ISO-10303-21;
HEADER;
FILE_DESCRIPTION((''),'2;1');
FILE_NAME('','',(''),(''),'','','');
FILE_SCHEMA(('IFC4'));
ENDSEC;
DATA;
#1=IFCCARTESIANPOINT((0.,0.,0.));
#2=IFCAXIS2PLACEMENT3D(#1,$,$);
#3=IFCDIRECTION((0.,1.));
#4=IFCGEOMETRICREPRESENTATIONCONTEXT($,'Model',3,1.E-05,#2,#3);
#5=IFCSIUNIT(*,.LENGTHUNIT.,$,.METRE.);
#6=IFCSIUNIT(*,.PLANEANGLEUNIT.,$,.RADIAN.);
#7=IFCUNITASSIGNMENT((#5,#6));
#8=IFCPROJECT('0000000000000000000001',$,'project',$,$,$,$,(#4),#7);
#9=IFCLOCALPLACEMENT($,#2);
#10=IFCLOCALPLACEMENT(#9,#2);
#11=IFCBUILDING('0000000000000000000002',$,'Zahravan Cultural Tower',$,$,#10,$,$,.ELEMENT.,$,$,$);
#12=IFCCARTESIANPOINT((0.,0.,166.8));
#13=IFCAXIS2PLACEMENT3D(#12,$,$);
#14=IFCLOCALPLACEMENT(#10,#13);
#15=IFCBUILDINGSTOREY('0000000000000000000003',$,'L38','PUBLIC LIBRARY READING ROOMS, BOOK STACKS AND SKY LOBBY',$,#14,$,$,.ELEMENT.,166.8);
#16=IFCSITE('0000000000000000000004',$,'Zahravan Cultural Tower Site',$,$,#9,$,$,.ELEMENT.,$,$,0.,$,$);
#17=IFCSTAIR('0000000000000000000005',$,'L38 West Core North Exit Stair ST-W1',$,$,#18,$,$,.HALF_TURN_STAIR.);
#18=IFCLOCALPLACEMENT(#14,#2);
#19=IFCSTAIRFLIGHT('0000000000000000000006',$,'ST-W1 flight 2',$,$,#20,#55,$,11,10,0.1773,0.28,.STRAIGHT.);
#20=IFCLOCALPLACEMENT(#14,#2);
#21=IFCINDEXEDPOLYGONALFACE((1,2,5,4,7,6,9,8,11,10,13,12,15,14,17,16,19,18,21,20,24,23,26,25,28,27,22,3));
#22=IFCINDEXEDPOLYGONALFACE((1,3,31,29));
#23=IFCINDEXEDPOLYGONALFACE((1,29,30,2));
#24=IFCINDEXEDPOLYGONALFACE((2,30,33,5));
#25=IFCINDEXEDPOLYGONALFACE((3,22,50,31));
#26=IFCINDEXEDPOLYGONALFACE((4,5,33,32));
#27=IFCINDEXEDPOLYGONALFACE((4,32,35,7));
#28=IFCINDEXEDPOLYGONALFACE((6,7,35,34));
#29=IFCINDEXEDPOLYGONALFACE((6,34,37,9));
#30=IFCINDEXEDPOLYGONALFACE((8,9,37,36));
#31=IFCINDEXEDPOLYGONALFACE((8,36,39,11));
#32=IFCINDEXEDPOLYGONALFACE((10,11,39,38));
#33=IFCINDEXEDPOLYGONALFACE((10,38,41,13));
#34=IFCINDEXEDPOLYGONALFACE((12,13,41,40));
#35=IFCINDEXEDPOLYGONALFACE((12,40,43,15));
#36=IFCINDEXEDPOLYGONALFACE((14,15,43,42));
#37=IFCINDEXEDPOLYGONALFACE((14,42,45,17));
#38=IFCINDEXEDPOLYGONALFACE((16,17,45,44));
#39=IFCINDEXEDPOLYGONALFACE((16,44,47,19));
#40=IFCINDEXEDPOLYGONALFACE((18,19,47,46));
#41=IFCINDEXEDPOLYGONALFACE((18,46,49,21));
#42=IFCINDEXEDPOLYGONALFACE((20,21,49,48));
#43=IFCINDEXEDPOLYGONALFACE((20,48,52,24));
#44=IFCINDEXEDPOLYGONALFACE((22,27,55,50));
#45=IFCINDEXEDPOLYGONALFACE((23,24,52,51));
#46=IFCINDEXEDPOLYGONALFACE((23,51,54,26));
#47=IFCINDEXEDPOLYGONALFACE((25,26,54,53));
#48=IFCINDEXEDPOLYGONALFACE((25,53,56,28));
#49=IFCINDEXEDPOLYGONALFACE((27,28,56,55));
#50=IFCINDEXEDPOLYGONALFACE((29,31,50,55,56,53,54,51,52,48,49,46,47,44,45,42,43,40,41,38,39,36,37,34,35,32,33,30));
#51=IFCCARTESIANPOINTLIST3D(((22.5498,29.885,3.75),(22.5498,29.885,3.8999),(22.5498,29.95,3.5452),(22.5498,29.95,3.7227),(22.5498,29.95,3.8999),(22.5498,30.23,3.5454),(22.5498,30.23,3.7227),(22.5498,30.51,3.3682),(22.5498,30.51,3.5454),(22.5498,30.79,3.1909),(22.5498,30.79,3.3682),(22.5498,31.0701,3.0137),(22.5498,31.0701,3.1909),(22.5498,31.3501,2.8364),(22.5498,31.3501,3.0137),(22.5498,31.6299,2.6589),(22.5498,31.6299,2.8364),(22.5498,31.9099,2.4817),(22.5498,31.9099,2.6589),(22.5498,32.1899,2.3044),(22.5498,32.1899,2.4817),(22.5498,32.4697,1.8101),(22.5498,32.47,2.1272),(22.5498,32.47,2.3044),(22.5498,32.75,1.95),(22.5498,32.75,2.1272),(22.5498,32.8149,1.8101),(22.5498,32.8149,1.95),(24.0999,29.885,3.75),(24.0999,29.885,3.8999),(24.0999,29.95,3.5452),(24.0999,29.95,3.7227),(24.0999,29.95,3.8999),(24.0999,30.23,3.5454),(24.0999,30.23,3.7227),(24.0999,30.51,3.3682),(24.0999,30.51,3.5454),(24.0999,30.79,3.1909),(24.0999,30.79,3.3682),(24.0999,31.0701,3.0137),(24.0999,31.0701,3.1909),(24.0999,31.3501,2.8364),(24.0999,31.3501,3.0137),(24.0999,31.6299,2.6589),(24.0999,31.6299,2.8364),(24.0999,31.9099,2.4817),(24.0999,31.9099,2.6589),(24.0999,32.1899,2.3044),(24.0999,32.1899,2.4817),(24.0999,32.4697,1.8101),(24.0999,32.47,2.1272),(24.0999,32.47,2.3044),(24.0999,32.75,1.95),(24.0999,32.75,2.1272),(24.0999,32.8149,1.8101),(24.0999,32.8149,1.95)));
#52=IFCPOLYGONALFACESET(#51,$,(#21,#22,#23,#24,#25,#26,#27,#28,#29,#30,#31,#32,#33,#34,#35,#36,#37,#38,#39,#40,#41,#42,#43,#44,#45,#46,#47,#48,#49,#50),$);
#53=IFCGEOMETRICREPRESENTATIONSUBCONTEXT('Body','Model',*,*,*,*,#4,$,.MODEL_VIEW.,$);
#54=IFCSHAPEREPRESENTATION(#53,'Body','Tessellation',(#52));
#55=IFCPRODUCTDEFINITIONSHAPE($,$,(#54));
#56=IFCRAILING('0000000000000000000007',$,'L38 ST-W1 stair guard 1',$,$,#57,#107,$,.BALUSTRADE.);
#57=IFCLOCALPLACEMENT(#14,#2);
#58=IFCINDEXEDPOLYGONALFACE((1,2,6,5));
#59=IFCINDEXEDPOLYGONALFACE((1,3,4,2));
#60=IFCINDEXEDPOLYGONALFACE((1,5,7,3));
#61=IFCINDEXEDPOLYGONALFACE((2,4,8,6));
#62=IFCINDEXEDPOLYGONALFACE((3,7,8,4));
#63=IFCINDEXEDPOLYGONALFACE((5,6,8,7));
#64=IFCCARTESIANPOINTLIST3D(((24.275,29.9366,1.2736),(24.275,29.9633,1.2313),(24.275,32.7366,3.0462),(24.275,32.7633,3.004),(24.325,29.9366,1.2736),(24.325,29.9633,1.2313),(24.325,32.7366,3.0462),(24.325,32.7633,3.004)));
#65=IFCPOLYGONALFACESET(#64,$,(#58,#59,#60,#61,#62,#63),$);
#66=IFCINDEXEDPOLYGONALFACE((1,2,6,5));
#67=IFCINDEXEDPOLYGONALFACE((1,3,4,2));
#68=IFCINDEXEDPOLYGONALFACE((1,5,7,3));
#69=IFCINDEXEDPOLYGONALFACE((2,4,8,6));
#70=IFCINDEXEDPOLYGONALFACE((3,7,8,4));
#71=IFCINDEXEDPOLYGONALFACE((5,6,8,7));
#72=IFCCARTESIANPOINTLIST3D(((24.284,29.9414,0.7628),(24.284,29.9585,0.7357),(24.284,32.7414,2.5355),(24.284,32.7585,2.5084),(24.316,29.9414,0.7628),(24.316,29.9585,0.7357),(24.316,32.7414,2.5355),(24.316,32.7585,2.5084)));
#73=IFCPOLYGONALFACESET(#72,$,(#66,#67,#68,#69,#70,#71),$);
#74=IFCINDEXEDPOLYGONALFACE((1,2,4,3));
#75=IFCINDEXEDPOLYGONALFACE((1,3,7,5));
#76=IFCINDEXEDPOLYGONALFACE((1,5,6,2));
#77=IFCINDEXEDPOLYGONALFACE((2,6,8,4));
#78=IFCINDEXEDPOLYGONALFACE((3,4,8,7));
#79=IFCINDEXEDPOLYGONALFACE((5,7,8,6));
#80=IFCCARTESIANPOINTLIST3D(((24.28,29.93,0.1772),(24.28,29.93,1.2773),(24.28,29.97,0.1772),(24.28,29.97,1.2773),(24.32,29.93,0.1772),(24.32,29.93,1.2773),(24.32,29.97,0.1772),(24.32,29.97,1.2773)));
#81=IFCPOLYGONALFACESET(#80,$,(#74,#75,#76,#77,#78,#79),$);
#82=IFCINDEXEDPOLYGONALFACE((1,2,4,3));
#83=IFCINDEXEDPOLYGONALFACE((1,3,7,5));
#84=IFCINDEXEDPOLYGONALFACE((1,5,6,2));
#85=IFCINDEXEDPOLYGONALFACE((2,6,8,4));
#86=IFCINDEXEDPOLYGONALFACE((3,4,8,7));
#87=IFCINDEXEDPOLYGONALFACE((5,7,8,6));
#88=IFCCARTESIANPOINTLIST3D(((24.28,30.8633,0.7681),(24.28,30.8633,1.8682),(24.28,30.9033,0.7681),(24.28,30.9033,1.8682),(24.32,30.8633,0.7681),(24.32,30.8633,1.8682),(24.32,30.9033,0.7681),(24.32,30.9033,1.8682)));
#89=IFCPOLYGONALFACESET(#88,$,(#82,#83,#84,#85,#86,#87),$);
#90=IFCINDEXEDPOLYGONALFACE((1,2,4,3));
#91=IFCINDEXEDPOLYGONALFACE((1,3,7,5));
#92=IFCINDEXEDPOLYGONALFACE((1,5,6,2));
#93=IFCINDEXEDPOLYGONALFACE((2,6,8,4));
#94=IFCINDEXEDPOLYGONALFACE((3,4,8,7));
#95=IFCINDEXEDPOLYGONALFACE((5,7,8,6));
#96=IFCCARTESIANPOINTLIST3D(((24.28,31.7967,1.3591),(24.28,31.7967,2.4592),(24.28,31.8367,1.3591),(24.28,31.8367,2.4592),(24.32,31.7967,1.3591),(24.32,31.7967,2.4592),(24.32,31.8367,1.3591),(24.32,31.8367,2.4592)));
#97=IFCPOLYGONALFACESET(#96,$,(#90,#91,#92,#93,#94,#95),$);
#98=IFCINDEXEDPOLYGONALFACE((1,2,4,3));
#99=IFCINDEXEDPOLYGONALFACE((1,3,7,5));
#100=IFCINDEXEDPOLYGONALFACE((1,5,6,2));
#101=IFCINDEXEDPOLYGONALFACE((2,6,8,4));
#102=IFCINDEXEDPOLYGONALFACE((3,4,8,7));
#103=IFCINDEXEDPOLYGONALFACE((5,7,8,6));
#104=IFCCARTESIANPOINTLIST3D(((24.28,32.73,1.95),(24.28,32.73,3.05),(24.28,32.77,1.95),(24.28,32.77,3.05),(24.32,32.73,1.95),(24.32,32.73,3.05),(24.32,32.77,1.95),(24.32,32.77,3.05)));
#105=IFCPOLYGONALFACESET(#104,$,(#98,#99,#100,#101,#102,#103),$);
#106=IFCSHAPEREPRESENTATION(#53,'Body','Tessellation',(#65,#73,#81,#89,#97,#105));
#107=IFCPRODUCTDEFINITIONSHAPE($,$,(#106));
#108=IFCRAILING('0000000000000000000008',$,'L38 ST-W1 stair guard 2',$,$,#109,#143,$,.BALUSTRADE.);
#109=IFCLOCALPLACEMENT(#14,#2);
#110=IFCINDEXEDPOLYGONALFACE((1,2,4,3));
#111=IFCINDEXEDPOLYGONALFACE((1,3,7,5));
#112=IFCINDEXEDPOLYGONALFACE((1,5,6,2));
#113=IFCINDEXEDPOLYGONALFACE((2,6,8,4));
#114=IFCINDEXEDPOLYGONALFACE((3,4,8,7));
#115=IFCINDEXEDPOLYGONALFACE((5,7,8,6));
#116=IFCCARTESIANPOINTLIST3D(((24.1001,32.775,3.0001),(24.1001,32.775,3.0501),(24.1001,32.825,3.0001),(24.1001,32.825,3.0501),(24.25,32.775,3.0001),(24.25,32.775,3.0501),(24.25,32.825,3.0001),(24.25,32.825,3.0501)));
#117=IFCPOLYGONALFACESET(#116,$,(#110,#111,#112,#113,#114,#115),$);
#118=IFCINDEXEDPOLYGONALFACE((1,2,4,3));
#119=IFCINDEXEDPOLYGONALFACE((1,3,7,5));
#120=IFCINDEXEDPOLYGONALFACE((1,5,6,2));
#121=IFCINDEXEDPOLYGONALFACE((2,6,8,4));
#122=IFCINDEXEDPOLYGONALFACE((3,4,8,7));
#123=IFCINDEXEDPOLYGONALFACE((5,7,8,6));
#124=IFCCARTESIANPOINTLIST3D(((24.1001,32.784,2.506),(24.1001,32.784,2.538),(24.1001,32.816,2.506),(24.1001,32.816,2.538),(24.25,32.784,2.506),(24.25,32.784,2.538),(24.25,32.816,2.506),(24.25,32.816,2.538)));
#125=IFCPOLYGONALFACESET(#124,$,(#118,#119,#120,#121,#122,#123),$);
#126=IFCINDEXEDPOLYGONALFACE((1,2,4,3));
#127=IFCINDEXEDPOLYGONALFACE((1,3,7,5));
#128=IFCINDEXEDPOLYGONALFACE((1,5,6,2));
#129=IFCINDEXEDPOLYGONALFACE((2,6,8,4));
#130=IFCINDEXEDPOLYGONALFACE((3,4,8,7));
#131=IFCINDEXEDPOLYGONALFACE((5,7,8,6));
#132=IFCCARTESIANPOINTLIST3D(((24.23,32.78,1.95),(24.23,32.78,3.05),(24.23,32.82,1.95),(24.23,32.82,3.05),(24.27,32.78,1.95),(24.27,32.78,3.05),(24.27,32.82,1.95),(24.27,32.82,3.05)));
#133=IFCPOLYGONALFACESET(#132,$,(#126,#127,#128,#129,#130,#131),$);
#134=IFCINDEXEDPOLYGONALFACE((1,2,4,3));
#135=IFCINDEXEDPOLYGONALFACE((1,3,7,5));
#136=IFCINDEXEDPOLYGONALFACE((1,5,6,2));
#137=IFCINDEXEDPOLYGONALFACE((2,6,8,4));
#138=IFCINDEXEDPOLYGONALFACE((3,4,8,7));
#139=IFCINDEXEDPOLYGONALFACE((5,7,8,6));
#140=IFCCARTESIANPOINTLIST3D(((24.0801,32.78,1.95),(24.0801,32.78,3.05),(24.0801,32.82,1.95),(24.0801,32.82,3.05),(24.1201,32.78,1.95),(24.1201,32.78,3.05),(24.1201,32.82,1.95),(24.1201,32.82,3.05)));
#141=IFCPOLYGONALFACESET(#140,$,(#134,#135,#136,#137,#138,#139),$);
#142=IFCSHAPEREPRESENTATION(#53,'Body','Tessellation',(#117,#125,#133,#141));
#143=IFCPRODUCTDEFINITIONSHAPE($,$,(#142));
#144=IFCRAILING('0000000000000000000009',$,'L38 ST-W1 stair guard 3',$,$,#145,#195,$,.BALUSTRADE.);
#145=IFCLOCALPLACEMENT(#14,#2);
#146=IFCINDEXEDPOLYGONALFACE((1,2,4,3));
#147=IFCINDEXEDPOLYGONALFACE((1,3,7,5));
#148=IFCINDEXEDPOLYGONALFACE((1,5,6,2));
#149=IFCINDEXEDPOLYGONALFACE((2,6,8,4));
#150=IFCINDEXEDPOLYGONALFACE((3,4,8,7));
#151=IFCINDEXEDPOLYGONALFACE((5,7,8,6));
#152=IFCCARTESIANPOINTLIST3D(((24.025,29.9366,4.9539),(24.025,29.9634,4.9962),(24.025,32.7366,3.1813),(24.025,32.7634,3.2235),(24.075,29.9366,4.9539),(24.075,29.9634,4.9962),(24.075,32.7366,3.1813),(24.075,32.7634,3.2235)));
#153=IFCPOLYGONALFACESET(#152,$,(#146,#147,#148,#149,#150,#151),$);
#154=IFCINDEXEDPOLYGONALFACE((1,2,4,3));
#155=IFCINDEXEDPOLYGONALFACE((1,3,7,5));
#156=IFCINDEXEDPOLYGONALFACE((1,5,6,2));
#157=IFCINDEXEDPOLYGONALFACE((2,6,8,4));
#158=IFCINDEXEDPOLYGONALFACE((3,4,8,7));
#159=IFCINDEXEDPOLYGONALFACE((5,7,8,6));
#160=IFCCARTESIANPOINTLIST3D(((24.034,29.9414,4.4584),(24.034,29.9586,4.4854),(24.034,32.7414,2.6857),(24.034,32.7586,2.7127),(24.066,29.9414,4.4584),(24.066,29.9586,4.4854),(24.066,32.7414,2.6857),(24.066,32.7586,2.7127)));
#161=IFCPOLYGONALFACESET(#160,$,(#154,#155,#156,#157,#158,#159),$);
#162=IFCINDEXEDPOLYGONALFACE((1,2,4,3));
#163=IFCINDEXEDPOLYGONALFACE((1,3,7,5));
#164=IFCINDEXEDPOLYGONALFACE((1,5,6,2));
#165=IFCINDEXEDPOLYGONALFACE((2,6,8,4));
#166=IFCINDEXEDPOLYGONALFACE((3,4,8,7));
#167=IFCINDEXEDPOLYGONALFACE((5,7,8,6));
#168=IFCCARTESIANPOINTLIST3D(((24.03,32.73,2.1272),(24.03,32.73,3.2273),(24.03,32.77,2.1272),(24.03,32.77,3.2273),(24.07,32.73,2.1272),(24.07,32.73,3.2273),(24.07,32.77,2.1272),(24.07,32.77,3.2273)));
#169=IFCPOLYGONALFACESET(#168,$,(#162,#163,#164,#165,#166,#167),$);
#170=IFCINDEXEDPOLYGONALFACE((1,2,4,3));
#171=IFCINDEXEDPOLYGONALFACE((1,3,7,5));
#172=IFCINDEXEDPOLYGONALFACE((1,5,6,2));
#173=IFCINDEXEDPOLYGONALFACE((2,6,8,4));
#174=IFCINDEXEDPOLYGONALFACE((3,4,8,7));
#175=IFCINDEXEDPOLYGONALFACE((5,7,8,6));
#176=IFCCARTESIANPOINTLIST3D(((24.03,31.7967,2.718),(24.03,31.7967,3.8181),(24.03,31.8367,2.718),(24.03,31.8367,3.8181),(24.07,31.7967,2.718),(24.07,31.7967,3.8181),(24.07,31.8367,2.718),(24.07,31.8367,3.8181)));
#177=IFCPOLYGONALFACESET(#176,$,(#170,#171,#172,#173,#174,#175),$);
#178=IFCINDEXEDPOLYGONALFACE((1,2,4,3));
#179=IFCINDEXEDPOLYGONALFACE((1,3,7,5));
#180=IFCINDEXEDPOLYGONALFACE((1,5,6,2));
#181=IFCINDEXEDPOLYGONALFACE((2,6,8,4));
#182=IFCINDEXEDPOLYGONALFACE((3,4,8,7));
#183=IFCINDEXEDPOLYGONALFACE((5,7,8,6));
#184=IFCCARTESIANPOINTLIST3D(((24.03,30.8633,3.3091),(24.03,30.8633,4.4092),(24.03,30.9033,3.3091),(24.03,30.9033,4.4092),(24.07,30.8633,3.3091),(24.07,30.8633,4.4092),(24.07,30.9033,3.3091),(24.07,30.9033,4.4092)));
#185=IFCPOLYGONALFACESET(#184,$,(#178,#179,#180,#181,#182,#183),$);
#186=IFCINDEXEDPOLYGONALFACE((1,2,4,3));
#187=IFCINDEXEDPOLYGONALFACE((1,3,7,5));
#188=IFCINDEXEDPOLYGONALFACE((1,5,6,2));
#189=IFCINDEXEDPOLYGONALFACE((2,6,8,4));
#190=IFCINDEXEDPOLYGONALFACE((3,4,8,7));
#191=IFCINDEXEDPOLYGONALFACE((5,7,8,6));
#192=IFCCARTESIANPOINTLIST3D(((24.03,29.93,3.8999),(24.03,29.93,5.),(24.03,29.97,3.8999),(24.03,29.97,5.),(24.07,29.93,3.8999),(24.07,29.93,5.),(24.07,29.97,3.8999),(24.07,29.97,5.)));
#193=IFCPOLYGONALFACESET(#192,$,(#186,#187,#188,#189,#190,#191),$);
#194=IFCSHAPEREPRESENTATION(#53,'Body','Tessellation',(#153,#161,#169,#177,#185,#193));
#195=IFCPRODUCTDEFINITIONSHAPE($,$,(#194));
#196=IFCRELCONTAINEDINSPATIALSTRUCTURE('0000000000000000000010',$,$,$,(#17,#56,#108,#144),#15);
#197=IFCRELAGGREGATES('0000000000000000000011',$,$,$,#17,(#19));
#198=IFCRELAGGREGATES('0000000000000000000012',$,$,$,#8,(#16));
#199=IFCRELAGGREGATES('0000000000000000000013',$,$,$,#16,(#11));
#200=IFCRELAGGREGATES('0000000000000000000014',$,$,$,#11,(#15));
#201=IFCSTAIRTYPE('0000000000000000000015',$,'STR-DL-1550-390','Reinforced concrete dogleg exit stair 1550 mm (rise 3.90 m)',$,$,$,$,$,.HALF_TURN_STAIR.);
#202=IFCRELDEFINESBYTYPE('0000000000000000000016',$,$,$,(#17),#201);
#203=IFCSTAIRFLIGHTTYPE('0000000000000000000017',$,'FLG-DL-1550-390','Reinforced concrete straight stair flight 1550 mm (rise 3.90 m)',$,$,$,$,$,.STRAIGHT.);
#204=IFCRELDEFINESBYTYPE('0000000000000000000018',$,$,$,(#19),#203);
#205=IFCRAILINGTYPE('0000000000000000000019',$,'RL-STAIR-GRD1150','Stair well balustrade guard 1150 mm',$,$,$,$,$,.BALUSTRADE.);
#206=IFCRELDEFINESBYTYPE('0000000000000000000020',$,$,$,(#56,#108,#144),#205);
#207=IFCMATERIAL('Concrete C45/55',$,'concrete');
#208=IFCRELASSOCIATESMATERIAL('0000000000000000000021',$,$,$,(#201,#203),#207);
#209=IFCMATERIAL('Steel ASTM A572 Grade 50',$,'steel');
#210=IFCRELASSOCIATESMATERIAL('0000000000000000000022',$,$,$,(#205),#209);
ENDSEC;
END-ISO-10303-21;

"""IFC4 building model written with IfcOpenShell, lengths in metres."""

from ifc_helpers import new_model, si_unit, direction, frame, origin, origin_2d, place, context, subcontext, project, spatial, polyline, rectangle, outline, extrude, material, type_object, element, aggregate, save


model = new_model("IFC4")

# Units and contexts
model_context = context("Model", 3, precision=1e-05, world=origin(), true_north=direction((0.0, 1.0)))
body_context = subcontext(model_context, "Body", "Model", "MODEL_VIEW")
ifc_project = project(units=[si_unit("LENGTHUNIT", "METRE"), si_unit("PLANEANGLEUNIT", "RADIAN")], contexts=[model_context])

# Site, building, storey
site_placement = place(None, origin())
site = spatial("IfcSite", under=ifc_project, at=site_placement, Name="Zahravan Cultural Tower Site", CompositionType="ELEMENT", RefElevation=0.0)
building_placement = place(site_placement, origin())
building = spatial("IfcBuilding", under=site, at=building_placement, Name="Zahravan Cultural Tower", CompositionType="ELEMENT")
storey_placement = place(building_placement, frame((0.0, 0.0, 166.8)))
storey = spatial("IfcBuildingStorey", under=building, at=storey_placement, Name="L38", Description="PUBLIC LIBRARY READING ROOMS, BOOK STACKS AND SKY LOBBY", CompositionType="ELEMENT", Elevation=166.8)

# Shared definitions
ifc_material_1 = material(Name="Concrete C45/55", Category="concrete")
ifc_material_2 = material(Name="Steel ASTM A572 Grade 50", Category="steel")

# Stair, stair flight
stair_type = type_object("IfcStairType", Name="STR-DL-1550-390", Description="Reinforced concrete dogleg exit stair 1550 mm (rise 3.90 m)", PredefinedType="HALF_TURN_STAIR", material=ifc_material_1)
stair_placement = place(storey_placement, origin())
stair = element("IfcStair", 1, at=stair_placement, inside=storey, type_object=stair_type, Name="L38 West Core North Exit Stair ST-W1", PredefinedType="HALF_TURN_STAIR")
stair_flight_type = type_object("IfcStairFlightType", Name="FLG-DL-1550-390", Description="Reinforced concrete straight stair flight 1550 mm (rise 3.90 m)", PredefinedType="STRAIGHT", material=ifc_material_1)
stair_flight_1_placement = place(storey_placement, frame((23.325, 32.75, 1.95), z_axis=(0.0, 0.0, 1.0), x_axis=(0.0, -1.0, 0.0)))
stair_flight_1 = element("IfcStairFlight", 2, at=stair_flight_1_placement, type_object=stair_flight_type, Name="ST-W1 flight 2", NumberOfRisers=11, NumberOfTreads=10, PredefinedType="STRAIGHT", RiserHeight=0.1773, TreadLength=0.28, context=body_context, shape_type="SweptSolid", body=[
    extrude(outline(polyline([(-0.0649, -0.1399), (-0.0649, 0.0), (0.0, 0.0), (0.0, 0.1772), (0.28, 0.1772), (0.28, 0.3545), (0.5601, 0.3545), (0.5601, 0.5317), (0.8401, 0.5317), (0.8401, 0.709), (1.1201, 0.709), (1.1201, 0.8865), (1.3999, 0.8865), (1.3999, 1.0637), (1.6799, 1.0637), (1.6799, 1.241), (1.96, 1.241), (1.96, 1.4182), (2.24, 1.4182), (2.24, 1.5955), (2.52, 1.5955), (2.52, 1.7727), (2.8, 1.7727), (2.8, 1.95), (2.865, 1.95), (2.865, 1.8), (2.8, 1.5952), (0.2803, -0.1399), (-0.0649, -0.1399)])), frame((0.0, 0.7749, 0.0), z_axis=(0.0, -1.0, 0.0), x_axis=(1.0, 0.0, 0.0)), (0.0, 0.0, 1.0), 1.55),
])
aggregate(stair, [stair_flight_1])

# Railings
railing_type_1 = type_object("IfcRailingType", Name="RL-STAIR-GRD1150", Description="Stair well balustrade guard 1150 mm", PredefinedType="BALUSTRADE", material=ifc_material_2)
railing_1_placement = place(storey_placement, frame((24.3, 29.95, 0.1772)))
element("IfcRailing", 3, at=railing_1_placement, inside=storey, type_object=railing_type_1, Name="L38 ST-W1 stair guard 1", PredefinedType="BALUSTRADE", context=body_context, shape_type="SweptSolid", body=[
    extrude(rectangle(XDim=0.05, YDim=0.05, at=origin_2d()), frame((0.0, 0.0, 1.0752), z_axis=(0.0, 0.844909, 0.53491), x_axis=(-1.0, 0.0, 0.0)), (0.0, 0.0, 1.0), 3.314),
    extrude(rectangle(XDim=0.032, YDim=0.032, at=origin_2d()), frame((0.0, 0.0, 0.572), z_axis=(0.0, 0.844909, 0.53491), x_axis=(-1.0, 0.0, 0.0)), (0.0, 0.0, 1.0), 3.314),
    extrude(rectangle(XDim=0.04, YDim=0.04, at=origin_2d()), origin(), (0.0, 0.0, 1.0), 1.1001),
    extrude(rectangle(XDim=0.04, YDim=0.04, at=origin_2d()), frame((0.0, 0.9333, 0.5908)), (0.0, 0.0, 1.0), 1.1001),
    extrude(rectangle(XDim=0.04, YDim=0.04, at=origin_2d()), frame((0.0, 1.8667, 1.1819)), (0.0, 0.0, 1.0), 1.1001),
    extrude(rectangle(XDim=0.04, YDim=0.04, at=origin_2d()), frame((0.0, 2.8, 1.7727)), (0.0, 0.0, 1.0), 1.1001),
])
railing_2_placement = place(storey_placement, frame((24.25, 32.8, 1.95)))
element("IfcRailing", 4, at=railing_2_placement, inside=storey, type_object=railing_type_1, Name="L38 ST-W1 stair guard 2", PredefinedType="BALUSTRADE", context=body_context, shape_type="SweptSolid", body=[
    extrude(rectangle(XDim=0.05, YDim=0.05, at=origin_2d()), frame((0.0, 0.0, 1.0752), z_axis=(-1.0, 0.0, 0.0), x_axis=(0.0, -1.0, 0.0)), (0.0, 0.0, 1.0), 0.1499),
    extrude(rectangle(XDim=0.032, YDim=0.032, at=origin_2d()), frame((0.0, 0.0, 0.572), z_axis=(-1.0, 0.0, 0.0), x_axis=(0.0, -1.0, 0.0)), (0.0, 0.0, 1.0), 0.1499),
    extrude(rectangle(XDim=0.04, YDim=0.04, at=origin_2d()), origin(), (0.0, 0.0, 1.0), 1.1001),
    extrude(rectangle(XDim=0.04, YDim=0.04, at=origin_2d()), frame((-0.1499, 0.0, 0.0)), (0.0, 0.0, 1.0), 1.1001),
])
railing_3_placement = place(storey_placement, frame((24.05, 32.75, 2.1272)))
element("IfcRailing", 5, at=railing_3_placement, inside=storey, type_object=railing_type_1, Name="L38 ST-W1 stair guard 3", PredefinedType="BALUSTRADE", context=body_context, shape_type="SweptSolid", body=[
    extrude(rectangle(XDim=0.05, YDim=0.05, at=origin_2d()), frame((0.0, 0.0, 1.0752), z_axis=(0.0, -0.844909, 0.53491), x_axis=(1.0, 0.0, 0.0)), (0.0, 0.0, 1.0), 3.314),
    extrude(rectangle(XDim=0.032, YDim=0.032, at=origin_2d()), frame((0.0, 0.0, 0.572), z_axis=(0.0, -0.844909, 0.53491), x_axis=(1.0, 0.0, 0.0)), (0.0, 0.0, 1.0), 3.314),
    extrude(rectangle(XDim=0.04, YDim=0.04, at=origin_2d()), origin(), (0.0, 0.0, 1.0), 1.1001),
    extrude(rectangle(XDim=0.04, YDim=0.04, at=origin_2d()), frame((0.0, -0.9333, 0.5908)), (0.0, 0.0, 1.0), 1.1001),
    extrude(rectangle(XDim=0.04, YDim=0.04, at=origin_2d()), frame((0.0, -1.8667, 1.1819)), (0.0, 0.0, 1.0), 1.1001),
    extrude(rectangle(XDim=0.04, YDim=0.04, at=origin_2d()), frame((0.0, -2.8, 1.7727)), (0.0, 0.0, 1.0), 1.1001),
])

save(model, "model.ifc")
